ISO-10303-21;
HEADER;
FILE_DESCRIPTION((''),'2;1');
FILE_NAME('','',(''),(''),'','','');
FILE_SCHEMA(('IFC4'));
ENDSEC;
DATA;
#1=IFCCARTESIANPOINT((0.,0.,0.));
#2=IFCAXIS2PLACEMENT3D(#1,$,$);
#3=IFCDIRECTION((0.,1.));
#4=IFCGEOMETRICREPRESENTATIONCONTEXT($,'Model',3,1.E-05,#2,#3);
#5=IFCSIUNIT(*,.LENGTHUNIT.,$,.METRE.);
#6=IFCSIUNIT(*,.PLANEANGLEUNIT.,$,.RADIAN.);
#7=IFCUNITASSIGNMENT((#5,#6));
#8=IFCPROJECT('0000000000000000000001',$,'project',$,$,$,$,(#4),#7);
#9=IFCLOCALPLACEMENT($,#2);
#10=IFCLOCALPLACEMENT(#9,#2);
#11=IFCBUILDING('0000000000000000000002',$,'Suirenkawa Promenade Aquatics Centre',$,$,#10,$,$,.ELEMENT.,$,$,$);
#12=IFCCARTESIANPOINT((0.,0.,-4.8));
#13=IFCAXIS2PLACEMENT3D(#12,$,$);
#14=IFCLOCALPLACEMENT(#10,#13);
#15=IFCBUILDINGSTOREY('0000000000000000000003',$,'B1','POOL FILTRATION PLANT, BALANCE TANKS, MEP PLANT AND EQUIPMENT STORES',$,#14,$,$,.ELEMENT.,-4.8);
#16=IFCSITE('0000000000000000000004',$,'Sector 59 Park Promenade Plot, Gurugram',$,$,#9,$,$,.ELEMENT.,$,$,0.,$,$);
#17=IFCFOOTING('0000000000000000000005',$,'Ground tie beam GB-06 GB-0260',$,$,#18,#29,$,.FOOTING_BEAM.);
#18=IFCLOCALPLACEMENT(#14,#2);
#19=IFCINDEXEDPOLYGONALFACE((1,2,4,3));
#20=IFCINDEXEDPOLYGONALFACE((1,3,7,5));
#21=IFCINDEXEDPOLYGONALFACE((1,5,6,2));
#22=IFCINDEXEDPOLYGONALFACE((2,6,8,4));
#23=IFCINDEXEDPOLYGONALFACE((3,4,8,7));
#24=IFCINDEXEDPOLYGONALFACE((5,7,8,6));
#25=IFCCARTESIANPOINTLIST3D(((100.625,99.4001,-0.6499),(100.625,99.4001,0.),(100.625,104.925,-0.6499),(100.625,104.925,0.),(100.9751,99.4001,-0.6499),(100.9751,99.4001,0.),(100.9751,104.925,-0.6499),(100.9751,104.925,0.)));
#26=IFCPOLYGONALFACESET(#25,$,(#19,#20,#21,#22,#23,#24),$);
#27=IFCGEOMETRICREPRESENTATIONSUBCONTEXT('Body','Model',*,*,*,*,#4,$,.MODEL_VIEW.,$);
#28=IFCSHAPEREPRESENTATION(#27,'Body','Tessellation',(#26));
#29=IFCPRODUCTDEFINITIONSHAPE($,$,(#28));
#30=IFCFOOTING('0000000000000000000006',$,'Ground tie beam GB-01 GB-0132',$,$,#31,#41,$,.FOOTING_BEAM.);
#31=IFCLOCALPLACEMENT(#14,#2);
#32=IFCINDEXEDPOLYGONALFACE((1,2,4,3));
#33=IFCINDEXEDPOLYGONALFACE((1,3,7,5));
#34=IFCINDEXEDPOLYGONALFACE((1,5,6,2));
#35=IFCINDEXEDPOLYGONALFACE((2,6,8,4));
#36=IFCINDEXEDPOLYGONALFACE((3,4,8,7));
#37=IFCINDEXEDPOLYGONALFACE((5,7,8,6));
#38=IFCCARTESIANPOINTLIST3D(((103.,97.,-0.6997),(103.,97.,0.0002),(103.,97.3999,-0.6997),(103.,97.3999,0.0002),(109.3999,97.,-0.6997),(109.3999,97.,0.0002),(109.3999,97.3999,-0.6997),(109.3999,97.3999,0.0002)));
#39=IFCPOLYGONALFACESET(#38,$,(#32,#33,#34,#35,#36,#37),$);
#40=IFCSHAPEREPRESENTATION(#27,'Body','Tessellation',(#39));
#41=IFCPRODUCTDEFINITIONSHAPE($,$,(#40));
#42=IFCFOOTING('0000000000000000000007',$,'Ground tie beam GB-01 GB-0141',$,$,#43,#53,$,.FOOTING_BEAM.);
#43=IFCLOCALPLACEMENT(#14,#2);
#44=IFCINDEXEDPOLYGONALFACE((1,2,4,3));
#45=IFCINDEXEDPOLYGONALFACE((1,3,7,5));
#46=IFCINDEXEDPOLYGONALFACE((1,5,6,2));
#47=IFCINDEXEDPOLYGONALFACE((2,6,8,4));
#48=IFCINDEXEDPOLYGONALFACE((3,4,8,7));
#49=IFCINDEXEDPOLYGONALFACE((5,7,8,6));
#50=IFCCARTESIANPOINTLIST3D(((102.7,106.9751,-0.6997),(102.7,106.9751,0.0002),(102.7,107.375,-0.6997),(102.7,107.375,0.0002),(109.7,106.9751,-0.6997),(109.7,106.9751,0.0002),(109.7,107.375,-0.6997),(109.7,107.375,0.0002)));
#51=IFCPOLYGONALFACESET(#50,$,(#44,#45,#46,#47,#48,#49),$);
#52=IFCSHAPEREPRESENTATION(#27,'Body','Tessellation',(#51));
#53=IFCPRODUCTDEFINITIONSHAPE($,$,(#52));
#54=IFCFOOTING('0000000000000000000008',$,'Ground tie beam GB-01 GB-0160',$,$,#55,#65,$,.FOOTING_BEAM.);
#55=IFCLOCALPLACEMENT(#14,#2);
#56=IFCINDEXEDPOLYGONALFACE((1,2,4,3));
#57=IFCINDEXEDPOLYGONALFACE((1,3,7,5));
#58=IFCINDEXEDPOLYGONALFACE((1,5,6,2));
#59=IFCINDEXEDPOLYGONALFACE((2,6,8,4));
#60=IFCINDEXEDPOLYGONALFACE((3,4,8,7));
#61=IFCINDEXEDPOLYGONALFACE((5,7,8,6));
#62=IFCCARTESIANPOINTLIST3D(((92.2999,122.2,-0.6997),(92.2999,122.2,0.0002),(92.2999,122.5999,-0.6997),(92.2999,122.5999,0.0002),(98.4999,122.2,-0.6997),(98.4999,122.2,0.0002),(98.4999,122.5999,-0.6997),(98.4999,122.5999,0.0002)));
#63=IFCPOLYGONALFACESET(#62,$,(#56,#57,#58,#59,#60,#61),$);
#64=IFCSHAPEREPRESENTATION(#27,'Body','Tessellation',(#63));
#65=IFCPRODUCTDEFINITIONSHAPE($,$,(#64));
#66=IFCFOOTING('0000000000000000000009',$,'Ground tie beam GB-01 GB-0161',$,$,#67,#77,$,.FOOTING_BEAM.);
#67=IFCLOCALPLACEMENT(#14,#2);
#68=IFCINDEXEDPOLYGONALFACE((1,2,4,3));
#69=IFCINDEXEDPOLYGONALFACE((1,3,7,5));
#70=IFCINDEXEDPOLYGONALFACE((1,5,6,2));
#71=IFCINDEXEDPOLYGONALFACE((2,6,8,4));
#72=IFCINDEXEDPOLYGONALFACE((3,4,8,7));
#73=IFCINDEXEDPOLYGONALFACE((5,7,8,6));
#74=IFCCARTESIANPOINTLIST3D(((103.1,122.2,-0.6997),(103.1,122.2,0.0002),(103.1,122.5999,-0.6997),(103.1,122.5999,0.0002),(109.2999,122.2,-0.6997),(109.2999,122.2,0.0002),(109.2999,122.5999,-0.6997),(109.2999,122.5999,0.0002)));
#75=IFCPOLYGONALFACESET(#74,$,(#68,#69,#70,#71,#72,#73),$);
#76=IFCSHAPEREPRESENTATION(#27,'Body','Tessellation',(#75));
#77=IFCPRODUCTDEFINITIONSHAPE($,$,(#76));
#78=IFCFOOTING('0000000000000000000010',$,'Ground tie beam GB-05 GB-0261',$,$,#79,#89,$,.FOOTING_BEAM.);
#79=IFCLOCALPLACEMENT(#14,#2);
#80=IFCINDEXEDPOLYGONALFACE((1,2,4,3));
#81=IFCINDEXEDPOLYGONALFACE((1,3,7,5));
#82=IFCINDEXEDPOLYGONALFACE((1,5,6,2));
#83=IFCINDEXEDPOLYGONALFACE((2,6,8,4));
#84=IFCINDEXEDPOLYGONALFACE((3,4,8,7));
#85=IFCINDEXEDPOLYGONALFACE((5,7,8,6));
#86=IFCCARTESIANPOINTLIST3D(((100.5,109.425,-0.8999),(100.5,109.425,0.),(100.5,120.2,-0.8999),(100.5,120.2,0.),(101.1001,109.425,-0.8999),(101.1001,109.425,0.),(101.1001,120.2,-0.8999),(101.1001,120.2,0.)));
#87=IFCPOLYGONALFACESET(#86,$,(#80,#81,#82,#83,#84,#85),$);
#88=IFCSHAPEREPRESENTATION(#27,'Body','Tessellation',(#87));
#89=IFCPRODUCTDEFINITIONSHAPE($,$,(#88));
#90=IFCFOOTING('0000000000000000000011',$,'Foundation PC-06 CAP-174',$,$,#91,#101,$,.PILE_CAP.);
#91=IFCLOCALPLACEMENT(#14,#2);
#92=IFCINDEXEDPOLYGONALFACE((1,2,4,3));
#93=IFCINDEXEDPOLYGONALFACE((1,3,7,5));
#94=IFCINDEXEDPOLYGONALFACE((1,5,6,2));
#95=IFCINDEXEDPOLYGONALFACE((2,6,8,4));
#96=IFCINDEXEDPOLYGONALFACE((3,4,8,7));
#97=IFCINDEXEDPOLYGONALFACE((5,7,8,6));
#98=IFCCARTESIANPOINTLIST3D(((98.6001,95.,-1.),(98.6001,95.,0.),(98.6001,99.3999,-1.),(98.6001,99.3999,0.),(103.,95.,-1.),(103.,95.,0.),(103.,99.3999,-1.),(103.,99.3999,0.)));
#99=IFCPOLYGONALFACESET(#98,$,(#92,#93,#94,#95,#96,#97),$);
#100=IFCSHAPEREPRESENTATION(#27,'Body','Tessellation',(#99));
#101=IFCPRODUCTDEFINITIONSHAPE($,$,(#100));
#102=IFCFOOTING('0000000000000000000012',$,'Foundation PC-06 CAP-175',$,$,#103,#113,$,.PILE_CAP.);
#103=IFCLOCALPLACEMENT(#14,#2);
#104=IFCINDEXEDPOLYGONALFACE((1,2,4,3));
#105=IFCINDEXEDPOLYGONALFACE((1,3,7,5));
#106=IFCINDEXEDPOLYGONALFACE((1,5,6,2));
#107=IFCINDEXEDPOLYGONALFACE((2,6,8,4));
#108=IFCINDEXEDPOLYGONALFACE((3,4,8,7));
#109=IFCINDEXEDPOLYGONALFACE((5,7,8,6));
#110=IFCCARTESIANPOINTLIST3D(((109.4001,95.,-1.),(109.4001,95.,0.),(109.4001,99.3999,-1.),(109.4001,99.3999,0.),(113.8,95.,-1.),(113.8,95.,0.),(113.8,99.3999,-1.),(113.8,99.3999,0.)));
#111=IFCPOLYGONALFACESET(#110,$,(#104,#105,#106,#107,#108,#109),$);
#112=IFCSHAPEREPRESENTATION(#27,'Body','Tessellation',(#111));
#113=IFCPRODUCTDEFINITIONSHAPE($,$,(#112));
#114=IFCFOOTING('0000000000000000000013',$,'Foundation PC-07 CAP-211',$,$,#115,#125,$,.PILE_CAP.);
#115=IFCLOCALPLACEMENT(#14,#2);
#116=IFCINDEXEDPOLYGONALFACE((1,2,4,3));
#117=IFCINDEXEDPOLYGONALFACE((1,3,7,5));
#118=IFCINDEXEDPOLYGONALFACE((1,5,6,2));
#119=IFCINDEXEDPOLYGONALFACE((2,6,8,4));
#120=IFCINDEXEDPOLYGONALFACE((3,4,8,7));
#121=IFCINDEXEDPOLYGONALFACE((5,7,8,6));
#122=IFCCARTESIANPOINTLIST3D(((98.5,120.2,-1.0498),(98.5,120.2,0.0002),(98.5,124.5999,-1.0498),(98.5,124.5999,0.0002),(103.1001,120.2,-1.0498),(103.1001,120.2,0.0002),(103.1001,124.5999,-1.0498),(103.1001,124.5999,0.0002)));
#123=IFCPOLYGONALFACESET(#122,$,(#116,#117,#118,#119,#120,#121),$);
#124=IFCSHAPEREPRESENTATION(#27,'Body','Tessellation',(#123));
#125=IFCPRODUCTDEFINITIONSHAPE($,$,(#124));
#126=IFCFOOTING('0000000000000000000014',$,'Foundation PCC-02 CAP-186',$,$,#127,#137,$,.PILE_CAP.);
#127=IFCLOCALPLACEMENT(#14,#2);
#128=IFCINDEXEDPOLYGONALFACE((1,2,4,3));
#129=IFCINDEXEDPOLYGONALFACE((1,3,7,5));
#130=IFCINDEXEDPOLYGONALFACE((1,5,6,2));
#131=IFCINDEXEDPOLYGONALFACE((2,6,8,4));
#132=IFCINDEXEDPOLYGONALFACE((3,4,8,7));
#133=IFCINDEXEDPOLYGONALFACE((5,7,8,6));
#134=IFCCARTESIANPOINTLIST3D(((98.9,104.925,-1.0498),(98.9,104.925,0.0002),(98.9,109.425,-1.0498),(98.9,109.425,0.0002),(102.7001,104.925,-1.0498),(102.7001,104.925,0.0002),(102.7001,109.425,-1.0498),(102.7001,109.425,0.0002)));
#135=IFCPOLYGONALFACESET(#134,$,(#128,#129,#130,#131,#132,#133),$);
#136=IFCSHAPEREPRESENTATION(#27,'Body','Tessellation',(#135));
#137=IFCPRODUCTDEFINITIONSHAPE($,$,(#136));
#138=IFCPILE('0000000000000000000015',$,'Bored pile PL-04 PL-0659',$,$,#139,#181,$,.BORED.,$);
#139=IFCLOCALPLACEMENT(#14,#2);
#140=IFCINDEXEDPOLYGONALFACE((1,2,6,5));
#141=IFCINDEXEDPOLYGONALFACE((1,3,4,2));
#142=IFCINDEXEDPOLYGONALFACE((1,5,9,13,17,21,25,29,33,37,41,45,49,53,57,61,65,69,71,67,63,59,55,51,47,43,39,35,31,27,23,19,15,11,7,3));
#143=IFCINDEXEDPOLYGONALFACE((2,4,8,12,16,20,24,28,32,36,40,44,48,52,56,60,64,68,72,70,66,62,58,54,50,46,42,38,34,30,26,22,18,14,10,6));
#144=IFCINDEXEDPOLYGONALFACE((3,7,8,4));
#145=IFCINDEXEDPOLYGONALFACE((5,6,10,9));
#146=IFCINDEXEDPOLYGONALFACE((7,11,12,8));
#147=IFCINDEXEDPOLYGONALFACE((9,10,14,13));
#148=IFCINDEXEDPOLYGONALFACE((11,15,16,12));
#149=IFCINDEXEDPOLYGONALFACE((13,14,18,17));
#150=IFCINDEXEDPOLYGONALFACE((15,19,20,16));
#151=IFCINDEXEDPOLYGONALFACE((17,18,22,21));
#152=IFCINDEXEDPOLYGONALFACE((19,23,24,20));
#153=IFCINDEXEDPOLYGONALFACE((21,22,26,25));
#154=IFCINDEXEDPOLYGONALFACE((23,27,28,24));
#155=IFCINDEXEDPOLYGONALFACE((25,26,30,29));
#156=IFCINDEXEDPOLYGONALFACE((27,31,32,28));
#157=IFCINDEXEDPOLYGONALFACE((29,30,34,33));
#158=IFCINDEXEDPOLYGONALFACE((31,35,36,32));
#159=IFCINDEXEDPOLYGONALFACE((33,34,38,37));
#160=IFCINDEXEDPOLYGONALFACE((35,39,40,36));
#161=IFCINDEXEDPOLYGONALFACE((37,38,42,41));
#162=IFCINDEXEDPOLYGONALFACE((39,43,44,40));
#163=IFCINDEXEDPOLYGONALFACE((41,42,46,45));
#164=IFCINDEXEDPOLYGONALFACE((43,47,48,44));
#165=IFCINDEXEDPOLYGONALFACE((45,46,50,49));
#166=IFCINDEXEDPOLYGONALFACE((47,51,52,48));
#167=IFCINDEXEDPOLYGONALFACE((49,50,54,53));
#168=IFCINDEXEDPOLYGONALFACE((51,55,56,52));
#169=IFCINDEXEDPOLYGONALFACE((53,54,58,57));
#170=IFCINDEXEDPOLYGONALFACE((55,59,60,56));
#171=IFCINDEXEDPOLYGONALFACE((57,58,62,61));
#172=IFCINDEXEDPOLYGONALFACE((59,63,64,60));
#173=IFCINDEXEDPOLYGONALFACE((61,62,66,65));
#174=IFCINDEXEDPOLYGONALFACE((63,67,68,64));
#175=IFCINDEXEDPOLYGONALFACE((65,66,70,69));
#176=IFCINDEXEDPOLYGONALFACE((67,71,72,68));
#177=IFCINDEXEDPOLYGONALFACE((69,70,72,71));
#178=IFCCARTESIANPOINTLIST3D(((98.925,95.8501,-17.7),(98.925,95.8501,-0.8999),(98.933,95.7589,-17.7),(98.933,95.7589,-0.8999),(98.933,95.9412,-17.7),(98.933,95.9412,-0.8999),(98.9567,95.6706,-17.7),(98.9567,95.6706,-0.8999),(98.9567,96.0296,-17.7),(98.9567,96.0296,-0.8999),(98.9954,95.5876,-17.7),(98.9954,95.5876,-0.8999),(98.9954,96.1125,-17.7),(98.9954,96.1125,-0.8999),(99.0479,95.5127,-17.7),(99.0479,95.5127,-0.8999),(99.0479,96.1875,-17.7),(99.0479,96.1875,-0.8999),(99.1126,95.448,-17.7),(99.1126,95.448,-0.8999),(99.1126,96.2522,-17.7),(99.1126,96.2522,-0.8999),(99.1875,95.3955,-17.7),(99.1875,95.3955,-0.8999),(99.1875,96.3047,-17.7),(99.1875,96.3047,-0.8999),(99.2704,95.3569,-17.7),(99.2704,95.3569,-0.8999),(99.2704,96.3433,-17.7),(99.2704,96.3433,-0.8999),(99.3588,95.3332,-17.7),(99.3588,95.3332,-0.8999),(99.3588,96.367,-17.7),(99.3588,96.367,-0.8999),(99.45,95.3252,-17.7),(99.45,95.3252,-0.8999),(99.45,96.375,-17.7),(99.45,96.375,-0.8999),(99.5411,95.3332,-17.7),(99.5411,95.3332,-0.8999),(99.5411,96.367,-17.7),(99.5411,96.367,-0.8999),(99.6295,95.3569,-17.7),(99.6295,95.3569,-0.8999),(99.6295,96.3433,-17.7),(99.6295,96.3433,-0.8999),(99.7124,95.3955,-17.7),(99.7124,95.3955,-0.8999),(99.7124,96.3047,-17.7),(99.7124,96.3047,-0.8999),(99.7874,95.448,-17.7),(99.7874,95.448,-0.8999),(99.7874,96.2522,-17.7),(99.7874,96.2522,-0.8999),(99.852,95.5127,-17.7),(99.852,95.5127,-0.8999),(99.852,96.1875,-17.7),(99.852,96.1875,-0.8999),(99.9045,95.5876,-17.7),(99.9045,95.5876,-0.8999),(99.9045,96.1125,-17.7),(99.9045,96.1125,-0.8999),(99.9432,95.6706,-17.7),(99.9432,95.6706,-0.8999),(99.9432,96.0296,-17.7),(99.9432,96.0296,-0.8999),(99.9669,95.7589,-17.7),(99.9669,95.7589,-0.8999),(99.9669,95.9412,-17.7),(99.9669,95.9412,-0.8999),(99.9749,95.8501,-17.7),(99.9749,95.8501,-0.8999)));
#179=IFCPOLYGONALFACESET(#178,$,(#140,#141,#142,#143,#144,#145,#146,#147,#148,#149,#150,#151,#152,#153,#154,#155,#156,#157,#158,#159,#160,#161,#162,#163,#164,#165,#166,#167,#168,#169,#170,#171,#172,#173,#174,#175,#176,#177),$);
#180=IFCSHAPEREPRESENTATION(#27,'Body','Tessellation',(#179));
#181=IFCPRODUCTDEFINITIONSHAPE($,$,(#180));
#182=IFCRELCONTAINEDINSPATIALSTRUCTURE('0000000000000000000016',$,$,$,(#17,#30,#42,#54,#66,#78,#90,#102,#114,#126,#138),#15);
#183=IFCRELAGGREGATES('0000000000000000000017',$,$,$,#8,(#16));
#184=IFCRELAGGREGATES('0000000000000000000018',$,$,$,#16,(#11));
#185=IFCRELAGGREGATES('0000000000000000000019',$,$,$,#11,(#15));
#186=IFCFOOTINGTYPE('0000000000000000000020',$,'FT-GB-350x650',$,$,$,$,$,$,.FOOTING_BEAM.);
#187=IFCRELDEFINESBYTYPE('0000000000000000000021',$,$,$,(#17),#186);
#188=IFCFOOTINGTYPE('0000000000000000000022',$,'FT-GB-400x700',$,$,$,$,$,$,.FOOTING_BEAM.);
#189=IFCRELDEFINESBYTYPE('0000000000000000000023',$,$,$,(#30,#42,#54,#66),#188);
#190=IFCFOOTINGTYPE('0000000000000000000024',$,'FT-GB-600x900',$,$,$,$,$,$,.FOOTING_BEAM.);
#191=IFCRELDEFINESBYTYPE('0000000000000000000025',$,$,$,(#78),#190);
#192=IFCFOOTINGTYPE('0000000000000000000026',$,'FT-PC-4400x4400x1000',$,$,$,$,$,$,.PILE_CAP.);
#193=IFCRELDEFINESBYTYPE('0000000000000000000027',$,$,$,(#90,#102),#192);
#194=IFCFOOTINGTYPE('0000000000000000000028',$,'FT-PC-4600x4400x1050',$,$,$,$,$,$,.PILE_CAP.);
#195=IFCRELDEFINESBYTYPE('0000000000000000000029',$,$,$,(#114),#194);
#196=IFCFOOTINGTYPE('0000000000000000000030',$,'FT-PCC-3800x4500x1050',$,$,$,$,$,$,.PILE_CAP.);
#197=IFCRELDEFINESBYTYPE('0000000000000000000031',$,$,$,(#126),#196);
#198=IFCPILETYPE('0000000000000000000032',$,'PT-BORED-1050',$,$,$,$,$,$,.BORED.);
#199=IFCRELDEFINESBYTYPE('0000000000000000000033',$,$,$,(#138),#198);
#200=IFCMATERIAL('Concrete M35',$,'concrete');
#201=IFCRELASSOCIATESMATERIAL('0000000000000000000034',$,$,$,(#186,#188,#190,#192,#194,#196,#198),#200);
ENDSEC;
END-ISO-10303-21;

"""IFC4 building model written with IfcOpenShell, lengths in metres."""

from ifc_helpers import new_model, si_unit, direction, frame, origin, origin_2d, place, context, subcontext, project, spatial, rectangle, circle, extrude, material, material_profile, profile_set, type_object, element, save


model = new_model("IFC4")

# Units and contexts
model_context = context("Model", 3, precision=1e-05, world=origin(), true_north=direction((0.0, 1.0)))
body_context = subcontext(model_context, "Body", "Model", "MODEL_VIEW")
ifc_project = project(units=[si_unit("LENGTHUNIT", "METRE"), si_unit("PLANEANGLEUNIT", "RADIAN")], contexts=[model_context])

# Site, building, storey
site_placement = place(None, origin())
site = spatial("IfcSite", under=ifc_project, at=site_placement, Name="Sector 59 Park Promenade Plot, Gurugram", CompositionType="ELEMENT", RefElevation=0.0)
building_placement = place(site_placement, origin())
building = spatial("IfcBuilding", under=site, at=building_placement, Name="Suirenkawa Promenade Aquatics Centre", CompositionType="ELEMENT")
storey_placement = place(building_placement, frame((0.0, 0.0, -4.8)))
storey = spatial("IfcBuildingStorey", under=building, at=storey_placement, Name="B1", Description="POOL FILTRATION PLANT, BALANCE TANKS, MEP PLANT AND EQUIPMENT STORES", CompositionType="ELEMENT", Elevation=-4.8)

# Footings
ifc_material_1 = material(Name="Concrete M35", Category="concrete")
footing_type_1 = type_object("IfcFootingType", Name="FT-GB-350x650", PredefinedType="FOOTING_BEAM", material=ifc_material_1)
footing_1_placement = place(storey_placement, frame((100.8, 102.1626, -0.6499), z_axis=(0.0, 0.0, 1.0), x_axis=(0.0, 1.0, 0.0)))
element("IfcFooting", 1, at=footing_1_placement, inside=storey, type_object=footing_type_1, Name="Ground tie beam GB-06 GB-0260", PredefinedType="FOOTING_BEAM", context=body_context, shape_type="SweptSolid", body=[
    extrude(rectangle(XDim=5.5249, YDim=0.3501, at=origin_2d()), origin(), (0.0, 0.0, 1.0), 0.6499),
])
footing_type_2 = type_object("IfcFootingType", Name="FT-GB-400x700", PredefinedType="FOOTING_BEAM", material=ifc_material_1)
footing_2_placement = place(storey_placement, frame((106.2, 97.2, -0.6997), z_axis=(0.0, 0.0, 1.0), x_axis=(1.0, 0.0, 0.0)))
element("IfcFooting", 2, at=footing_2_placement, inside=storey, type_object=footing_type_2, Name="Ground tie beam GB-01 GB-0132", PredefinedType="FOOTING_BEAM", context=body_context, shape_type="SweptSolid", body=[
    extrude(rectangle(XDim=6.3999, YDim=0.3999, at=origin_2d()), origin(), (0.0, 0.0, 1.0), 0.7),
])
footing_3_placement = place(storey_placement, frame((106.2, 107.175, -0.6997), z_axis=(0.0, 0.0, 1.0), x_axis=(1.0, 0.0, 0.0)))
element("IfcFooting", 3, at=footing_3_placement, inside=storey, type_object=footing_type_2, Name="Ground tie beam GB-01 GB-0141", PredefinedType="FOOTING_BEAM", context=body_context, shape_type="SweptSolid", body=[
    extrude(rectangle(XDim=7.0, YDim=0.3999, at=origin_2d()), origin(), (0.0, 0.0, 1.0), 0.7),
])
for number, where, z_axis, x_axis, name in (
    (4, (95.3999, 122.3999, -0.6997), (0.0, 0.0, 1.0), (1.0, 0.0, 0.0), "Ground tie beam GB-01 GB-0160"),
    (5, (106.2, 122.3999, -0.6997), (0.0, 0.0, 1.0), (1.0, 0.0, 0.0), "Ground tie beam GB-01 GB-0161"),
):
    element("IfcFooting", number, at=place(storey_placement, frame(where, z_axis=z_axis, x_axis=x_axis)), inside=storey, type_object=footing_type_2, Name=name, PredefinedType="FOOTING_BEAM", context=body_context, shape_type="SweptSolid", body=[
        extrude(rectangle(XDim=6.2, YDim=0.3999, at=origin_2d()), origin(), (0.0, 0.0, 1.0), 0.7),
    ])
footing_type_3 = type_object("IfcFootingType", Name="FT-GB-600x900", PredefinedType="FOOTING_BEAM", material=ifc_material_1)
footing_4_placement = place(storey_placement, frame((100.8, 114.8125, -0.8999), z_axis=(0.0, 0.0, 1.0), x_axis=(0.0, 1.0, 0.0)))
element("IfcFooting", 6, at=footing_4_placement, inside=storey, type_object=footing_type_3, Name="Ground tie beam GB-05 GB-0261", PredefinedType="FOOTING_BEAM", context=body_context, shape_type="SweptSolid", body=[
    extrude(rectangle(XDim=10.7749, YDim=0.6001, at=origin_2d()), origin(), (0.0, 0.0, 1.0), 0.8999),
])
footing_type_4 = type_object("IfcFootingType", Name="FT-PC-4400x4400x1000", PredefinedType="PILE_CAP", material=ifc_material_1)
for number, where, z_axis, x_axis, name in (
    (7, (100.8, 97.2, -1.0), (0.0, 0.0, 1.0), (1.0, 0.0, 0.0), "Foundation PC-06 CAP-174"),
    (8, (111.6001, 97.2, -1.0), (0.0, 0.0, 1.0), (1.0, 0.0, 0.0), "Foundation PC-06 CAP-175"),
):
    element("IfcFooting", number, at=place(storey_placement, frame(where, z_axis=z_axis, x_axis=x_axis)), inside=storey, type_object=footing_type_4, Name=name, PredefinedType="PILE_CAP", context=body_context, shape_type="SweptSolid", body=[
        extrude(rectangle(XDim=4.3999, YDim=4.3999, at=origin_2d()), origin(), (0.0, 0.0, 1.0), 1.0),
    ])
footing_type_5 = type_object("IfcFootingType", Name="FT-PC-4600x4400x1050", PredefinedType="PILE_CAP", material=ifc_material_1)
footing_5_placement = place(storey_placement, frame((100.8, 122.3999, -1.0498), z_axis=(0.0, 0.0, 1.0), x_axis=(1.0, 0.0, 0.0)))
element("IfcFooting", 9, at=footing_5_placement, inside=storey, type_object=footing_type_5, Name="Foundation PC-07 CAP-211", PredefinedType="PILE_CAP", context=body_context, shape_type="SweptSolid", body=[
    extrude(rectangle(XDim=4.6001, YDim=4.3999, at=origin_2d()), origin(), (0.0, 0.0, 1.0), 1.05),
])
footing_type_6 = type_object("IfcFootingType", Name="FT-PCC-3800x4500x1050", PredefinedType="PILE_CAP", material=ifc_material_1)
footing_6_placement = place(storey_placement, frame((100.8, 107.175, -1.0498), z_axis=(0.0, 0.0, 1.0), x_axis=(1.0, 0.0, 0.0)))
element("IfcFooting", 10, at=footing_6_placement, inside=storey, type_object=footing_type_6, Name="Foundation PCC-02 CAP-186", PredefinedType="PILE_CAP", context=body_context, shape_type="SweptSolid", body=[
    extrude(rectangle(XDim=3.8, YDim=4.5, at=origin_2d()), origin(), (0.0, 0.0, 1.0), 1.05),
])

# Pile
ifc_material_profile_1 = material_profile(ifc_material_1, circle(Radius=0.5249, at=origin_2d()), Name="PILE D1050", Category="concrete")
ifc_profile_set_1 = profile_set([ifc_material_profile_1], Name="Concrete M35")
pile_type_1 = type_object("IfcPileType", Name="PT-BORED-1050", PredefinedType="BORED", material=ifc_profile_set_1)
for number, where, z_axis, x_axis, name in (
    (11, (99.45, 95.8501, -0.8999), (0.0, 0.0, -1.0), (1.0, 0.0, 0.0), "Bored pile PL-04 PL-0659"),
):
    element("IfcPile", number, at=place(storey_placement, frame(where, z_axis=z_axis, x_axis=x_axis)), inside=storey, type_object=pile_type_1, Name=name, PredefinedType="BORED", context=body_context, shape_type="SweptSolid", body=[
        extrude(circle(Radius=0.5249, at=origin_2d()), origin(), (0.0, 0.0, 1.0), 16.8),
    ])

save(model, "model.ifc")
